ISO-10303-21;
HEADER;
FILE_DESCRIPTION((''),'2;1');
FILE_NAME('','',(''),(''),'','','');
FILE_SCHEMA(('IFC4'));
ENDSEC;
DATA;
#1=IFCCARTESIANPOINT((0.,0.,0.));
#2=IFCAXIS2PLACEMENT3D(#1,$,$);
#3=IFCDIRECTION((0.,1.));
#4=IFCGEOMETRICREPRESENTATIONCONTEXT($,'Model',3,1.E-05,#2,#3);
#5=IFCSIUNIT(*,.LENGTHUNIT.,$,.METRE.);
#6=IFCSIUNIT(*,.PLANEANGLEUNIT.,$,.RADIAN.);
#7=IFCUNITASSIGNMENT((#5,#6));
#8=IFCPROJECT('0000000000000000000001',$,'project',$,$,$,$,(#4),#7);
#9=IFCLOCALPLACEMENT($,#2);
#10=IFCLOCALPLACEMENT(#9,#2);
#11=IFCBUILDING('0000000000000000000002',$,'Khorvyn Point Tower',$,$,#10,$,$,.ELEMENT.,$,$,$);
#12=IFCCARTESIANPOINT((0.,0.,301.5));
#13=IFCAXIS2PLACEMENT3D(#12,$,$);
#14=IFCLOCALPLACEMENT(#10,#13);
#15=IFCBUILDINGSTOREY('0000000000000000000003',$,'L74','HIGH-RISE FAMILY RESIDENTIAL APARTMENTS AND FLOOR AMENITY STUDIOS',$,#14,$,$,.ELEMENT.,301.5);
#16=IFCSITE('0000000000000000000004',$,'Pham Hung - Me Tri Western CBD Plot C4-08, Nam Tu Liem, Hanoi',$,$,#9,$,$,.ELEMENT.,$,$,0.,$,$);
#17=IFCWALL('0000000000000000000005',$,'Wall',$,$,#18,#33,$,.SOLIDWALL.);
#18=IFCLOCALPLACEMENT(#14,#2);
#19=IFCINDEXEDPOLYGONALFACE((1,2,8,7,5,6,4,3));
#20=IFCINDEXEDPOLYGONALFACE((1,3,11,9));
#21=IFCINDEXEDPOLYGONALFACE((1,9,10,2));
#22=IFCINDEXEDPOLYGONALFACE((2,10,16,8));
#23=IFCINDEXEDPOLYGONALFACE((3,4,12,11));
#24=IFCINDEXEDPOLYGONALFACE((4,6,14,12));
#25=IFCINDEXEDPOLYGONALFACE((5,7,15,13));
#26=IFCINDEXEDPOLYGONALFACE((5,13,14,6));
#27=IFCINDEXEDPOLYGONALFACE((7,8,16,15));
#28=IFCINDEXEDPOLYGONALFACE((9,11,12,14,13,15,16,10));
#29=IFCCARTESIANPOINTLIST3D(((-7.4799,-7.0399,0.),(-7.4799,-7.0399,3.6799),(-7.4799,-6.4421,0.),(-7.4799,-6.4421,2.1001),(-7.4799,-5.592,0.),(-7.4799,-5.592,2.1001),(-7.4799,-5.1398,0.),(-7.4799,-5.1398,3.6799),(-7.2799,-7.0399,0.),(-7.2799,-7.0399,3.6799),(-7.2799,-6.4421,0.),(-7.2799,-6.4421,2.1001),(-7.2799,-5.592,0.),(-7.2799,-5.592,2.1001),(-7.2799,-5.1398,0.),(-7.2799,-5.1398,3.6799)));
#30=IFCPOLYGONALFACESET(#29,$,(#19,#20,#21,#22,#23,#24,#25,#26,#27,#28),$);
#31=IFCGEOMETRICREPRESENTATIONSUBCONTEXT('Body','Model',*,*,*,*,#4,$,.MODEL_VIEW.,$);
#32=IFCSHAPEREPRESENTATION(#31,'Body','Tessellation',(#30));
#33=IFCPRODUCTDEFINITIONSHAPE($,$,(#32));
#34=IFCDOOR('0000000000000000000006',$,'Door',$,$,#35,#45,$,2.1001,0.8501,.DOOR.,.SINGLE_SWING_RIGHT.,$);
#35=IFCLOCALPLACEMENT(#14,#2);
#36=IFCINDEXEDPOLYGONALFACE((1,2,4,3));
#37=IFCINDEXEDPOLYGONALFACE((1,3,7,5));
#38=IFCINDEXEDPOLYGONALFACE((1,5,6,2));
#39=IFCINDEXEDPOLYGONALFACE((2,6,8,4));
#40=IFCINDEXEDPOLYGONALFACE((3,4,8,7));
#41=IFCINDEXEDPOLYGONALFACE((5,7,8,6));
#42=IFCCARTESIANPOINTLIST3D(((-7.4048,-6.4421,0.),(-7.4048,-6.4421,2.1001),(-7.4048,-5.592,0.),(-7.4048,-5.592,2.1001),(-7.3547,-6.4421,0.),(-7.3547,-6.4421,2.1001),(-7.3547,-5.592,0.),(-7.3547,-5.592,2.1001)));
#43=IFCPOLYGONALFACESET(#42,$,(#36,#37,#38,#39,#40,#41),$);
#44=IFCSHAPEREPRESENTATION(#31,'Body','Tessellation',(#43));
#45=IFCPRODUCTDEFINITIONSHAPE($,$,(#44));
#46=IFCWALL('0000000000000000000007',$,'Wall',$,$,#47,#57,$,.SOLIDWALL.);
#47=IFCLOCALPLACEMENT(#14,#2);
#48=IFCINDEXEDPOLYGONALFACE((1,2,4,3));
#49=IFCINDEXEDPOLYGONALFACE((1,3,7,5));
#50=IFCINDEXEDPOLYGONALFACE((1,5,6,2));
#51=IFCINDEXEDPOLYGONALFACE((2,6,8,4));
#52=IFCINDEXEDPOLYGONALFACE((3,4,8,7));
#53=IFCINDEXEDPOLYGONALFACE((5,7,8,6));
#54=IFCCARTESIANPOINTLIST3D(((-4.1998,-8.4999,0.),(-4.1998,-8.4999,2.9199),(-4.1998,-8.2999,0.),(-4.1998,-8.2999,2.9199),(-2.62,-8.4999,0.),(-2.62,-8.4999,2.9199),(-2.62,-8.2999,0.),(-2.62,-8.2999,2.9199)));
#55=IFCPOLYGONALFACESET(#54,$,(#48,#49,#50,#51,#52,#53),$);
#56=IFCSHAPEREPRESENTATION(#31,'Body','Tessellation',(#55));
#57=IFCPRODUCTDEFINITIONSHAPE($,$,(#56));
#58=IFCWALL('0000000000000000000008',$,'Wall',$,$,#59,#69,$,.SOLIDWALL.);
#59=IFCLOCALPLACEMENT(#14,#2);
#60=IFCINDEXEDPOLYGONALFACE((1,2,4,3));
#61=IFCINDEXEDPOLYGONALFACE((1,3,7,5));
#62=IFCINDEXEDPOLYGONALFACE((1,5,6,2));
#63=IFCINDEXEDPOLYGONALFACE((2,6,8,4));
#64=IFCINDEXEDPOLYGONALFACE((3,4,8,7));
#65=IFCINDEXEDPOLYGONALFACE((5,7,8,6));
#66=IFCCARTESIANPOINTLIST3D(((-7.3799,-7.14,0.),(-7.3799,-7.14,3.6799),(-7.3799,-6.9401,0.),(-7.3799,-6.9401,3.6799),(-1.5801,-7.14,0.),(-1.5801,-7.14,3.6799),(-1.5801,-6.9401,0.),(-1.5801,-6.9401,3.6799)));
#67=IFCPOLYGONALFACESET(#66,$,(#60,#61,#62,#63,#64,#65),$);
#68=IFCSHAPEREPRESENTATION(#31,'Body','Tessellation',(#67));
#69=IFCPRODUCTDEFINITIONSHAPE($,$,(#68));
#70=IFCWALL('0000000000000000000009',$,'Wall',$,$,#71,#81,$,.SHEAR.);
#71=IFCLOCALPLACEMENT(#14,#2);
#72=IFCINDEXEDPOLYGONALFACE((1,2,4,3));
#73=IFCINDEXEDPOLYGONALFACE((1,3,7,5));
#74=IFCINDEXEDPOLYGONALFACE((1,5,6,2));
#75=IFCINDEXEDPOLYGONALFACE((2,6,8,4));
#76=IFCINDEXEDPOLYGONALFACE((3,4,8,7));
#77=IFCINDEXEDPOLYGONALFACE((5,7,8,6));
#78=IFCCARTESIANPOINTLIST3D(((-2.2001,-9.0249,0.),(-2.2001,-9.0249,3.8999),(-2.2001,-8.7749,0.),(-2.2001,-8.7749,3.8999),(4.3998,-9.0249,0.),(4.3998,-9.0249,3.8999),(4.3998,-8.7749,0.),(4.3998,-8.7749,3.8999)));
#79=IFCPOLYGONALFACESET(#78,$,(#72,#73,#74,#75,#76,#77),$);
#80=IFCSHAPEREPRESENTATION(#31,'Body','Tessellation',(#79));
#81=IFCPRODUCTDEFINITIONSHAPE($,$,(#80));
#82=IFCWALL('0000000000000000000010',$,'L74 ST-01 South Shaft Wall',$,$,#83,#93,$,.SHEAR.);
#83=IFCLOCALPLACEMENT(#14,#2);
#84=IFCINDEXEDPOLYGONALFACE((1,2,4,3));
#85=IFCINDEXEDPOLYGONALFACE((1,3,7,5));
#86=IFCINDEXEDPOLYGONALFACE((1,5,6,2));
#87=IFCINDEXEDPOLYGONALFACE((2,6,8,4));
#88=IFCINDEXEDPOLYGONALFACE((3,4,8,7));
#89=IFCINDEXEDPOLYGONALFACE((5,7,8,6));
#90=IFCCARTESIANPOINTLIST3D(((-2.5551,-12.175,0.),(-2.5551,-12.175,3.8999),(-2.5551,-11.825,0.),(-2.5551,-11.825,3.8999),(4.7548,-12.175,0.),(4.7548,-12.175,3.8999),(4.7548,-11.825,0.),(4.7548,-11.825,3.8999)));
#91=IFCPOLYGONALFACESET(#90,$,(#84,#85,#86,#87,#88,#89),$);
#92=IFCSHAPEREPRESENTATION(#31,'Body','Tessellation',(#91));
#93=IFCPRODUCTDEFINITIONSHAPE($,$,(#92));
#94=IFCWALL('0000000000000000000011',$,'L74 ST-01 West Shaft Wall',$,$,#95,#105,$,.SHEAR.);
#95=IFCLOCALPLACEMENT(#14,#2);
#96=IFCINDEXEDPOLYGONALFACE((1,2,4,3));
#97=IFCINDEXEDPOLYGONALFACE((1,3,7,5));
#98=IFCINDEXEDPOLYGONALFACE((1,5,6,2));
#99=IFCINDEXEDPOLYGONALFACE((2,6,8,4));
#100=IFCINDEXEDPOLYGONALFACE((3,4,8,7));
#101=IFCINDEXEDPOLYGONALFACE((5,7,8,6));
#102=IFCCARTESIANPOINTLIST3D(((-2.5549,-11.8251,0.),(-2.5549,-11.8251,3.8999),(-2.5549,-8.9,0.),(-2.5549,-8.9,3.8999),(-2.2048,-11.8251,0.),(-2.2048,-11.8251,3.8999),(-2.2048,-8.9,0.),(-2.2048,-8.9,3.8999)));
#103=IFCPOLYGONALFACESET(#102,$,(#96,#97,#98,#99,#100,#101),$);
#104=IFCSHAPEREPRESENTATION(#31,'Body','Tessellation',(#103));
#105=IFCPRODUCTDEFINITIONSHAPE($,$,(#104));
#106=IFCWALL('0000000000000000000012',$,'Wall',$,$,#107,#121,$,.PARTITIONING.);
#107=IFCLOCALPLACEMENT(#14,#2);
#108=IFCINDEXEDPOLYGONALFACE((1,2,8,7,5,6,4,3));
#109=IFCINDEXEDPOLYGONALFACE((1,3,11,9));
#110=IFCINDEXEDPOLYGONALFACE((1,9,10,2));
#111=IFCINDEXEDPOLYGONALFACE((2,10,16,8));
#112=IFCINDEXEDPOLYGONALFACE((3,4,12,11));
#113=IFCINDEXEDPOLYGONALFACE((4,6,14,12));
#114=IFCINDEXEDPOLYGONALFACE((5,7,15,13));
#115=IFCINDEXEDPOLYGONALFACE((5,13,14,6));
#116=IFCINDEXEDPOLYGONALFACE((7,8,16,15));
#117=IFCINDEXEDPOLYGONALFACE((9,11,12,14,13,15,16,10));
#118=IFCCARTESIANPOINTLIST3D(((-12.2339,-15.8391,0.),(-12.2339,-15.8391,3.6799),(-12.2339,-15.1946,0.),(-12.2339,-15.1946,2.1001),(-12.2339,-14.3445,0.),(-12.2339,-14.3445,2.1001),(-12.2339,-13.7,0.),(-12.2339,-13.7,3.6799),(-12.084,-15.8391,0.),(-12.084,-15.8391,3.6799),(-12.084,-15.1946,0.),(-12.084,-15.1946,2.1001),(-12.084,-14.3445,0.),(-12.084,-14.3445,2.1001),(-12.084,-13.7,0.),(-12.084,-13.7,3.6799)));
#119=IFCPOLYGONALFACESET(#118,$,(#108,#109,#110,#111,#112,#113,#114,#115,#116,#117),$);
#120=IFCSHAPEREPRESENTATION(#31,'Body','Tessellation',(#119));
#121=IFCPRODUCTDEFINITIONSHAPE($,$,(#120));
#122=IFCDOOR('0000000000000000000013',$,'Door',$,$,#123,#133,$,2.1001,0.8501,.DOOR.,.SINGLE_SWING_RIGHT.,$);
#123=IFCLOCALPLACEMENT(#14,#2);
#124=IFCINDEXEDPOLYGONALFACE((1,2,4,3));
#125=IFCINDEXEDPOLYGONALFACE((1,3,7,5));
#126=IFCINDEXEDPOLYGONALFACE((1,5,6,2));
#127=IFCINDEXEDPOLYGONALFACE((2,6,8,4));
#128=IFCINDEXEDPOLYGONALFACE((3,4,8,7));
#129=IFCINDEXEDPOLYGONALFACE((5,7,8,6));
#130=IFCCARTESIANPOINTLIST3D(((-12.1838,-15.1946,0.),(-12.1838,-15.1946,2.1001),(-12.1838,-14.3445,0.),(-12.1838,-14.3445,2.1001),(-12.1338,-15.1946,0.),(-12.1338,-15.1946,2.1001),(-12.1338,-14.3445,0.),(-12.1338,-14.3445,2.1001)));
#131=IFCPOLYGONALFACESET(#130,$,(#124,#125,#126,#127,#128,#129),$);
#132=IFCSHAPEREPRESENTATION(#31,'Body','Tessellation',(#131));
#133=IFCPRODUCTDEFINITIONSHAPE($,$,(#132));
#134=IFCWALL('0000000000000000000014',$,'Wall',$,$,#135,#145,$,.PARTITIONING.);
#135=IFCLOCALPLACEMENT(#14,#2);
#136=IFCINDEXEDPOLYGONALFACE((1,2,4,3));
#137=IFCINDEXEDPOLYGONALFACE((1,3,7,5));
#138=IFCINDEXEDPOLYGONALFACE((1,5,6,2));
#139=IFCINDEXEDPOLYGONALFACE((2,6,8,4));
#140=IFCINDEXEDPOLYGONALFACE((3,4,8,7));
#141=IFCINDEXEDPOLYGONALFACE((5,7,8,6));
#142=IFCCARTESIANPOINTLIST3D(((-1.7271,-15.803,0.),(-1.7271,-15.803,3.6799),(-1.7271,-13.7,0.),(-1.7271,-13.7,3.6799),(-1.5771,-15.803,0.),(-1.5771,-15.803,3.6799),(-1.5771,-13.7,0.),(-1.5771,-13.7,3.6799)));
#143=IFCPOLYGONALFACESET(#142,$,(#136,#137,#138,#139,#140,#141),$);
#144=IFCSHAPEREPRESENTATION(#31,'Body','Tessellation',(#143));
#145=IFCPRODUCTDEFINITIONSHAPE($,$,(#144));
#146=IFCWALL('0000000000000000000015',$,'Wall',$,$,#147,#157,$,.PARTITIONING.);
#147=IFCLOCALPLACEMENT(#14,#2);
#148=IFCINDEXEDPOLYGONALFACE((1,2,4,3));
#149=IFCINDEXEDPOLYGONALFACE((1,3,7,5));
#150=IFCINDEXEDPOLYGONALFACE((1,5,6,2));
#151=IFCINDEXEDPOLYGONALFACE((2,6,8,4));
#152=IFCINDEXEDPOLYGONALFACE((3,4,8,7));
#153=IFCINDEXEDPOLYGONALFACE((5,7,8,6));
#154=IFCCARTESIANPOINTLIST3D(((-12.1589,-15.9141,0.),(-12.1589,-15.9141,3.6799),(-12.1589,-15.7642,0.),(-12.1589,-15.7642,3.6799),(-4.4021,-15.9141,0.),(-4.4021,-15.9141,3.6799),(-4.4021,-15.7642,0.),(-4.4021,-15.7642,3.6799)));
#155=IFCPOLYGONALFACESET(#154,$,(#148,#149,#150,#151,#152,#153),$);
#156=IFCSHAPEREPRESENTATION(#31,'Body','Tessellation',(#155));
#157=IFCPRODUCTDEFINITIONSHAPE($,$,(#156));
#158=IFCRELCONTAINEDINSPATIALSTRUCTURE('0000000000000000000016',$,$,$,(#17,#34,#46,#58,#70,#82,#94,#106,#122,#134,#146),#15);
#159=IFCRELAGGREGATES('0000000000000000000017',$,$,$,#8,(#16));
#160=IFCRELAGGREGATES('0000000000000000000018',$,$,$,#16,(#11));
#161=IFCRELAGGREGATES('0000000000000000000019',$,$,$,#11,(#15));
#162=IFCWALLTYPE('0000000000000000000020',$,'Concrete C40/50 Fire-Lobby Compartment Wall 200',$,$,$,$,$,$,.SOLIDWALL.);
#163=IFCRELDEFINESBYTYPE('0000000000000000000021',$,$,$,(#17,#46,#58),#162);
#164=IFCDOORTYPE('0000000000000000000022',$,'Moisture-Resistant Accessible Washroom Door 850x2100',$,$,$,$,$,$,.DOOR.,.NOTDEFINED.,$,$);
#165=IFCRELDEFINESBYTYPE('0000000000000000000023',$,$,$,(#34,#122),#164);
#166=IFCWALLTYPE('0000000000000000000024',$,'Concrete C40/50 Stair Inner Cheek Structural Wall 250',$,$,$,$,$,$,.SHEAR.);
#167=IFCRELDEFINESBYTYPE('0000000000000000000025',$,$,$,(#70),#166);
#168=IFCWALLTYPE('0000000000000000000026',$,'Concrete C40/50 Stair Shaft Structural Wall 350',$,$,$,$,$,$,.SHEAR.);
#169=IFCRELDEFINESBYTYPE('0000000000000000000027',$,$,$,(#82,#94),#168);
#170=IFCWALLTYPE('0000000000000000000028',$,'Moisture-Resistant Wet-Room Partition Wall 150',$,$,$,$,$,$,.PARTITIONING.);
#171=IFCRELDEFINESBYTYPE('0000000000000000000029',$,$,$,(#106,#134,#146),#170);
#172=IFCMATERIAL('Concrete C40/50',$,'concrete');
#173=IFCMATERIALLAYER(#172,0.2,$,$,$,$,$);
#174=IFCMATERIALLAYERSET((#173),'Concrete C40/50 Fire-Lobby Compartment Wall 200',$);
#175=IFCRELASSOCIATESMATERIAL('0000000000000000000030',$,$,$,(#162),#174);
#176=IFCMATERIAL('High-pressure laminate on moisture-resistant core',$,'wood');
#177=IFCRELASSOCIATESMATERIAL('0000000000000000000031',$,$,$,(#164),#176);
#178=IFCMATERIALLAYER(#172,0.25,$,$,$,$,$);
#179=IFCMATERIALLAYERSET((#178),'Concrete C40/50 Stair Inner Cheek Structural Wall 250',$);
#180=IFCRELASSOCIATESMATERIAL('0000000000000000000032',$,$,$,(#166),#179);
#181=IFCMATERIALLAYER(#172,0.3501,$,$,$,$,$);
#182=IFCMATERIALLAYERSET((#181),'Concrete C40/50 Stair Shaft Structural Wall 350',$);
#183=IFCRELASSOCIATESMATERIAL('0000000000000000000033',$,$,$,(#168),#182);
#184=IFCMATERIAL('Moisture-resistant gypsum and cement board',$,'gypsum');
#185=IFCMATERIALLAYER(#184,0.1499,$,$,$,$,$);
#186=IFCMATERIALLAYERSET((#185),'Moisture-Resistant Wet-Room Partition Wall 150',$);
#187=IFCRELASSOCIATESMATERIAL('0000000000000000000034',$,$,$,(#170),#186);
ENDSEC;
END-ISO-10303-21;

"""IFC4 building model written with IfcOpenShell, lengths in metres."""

from ifc_helpers import new_model, si_unit, direction, frame, frame_2d, origin, place, context, subcontext, project, spatial, rectangle, extrude, material, layer, layer_set, type_object, element, fill, save


model = new_model("IFC4")

# Units and contexts
model_context = context("Model", 3, precision=1e-05, world=origin(), true_north=direction((0.0, 1.0)))
body_context = subcontext(model_context, "Body", "Model", "MODEL_VIEW")
ifc_project = project(units=[si_unit("LENGTHUNIT", "METRE"), si_unit("PLANEANGLEUNIT", "RADIAN")], contexts=[model_context])

# Site, building, storey
site_placement = place(None, origin())
site = spatial("IfcSite", under=ifc_project, at=site_placement, Name="Pham Hung - Me Tri Western CBD Plot C4-08, Nam Tu Liem, Hanoi", CompositionType="ELEMENT", RefElevation=0.0)
building_placement = place(site_placement, origin())
building = spatial("IfcBuilding", under=site, at=building_placement, Name="Khorvyn Point Tower", CompositionType="ELEMENT")
storey_placement = place(building_placement, frame((0.0, 0.0, 301.5)))
storey = spatial("IfcBuildingStorey", under=building, at=storey_placement, Name="L74", Description="HIGH-RISE FAMILY RESIDENTIAL APARTMENTS AND FLOOR AMENITY STUDIOS", CompositionType="ELEMENT", Elevation=301.5)

# Shared definitions
ifc_material_1 = material(Name="Concrete C40/50", Category="concrete")

# Wall, opening, door
ifc_layer_1 = layer(ifc_material_1, 0.2)
ifc_layer_set_1 = layer_set([ifc_layer_1], Name="Concrete C40/50 Fire-Lobby Compartment Wall 200")
wall_type_1 = type_object("IfcWallType", Name="Concrete C40/50 Fire-Lobby Compartment Wall 200", PredefinedType="SOLIDWALL", material=ifc_layer_set_1)
wall_1_placement = place(storey_placement, frame((-7.3799, -7.04, 0.0), z_axis=(0.0, 0.0, 1.0), x_axis=(0.0, 1.0, 0.0)))
wall_1 = element("IfcWall", 1, at=wall_1_placement, inside=storey, type_object=wall_type_1, Name="Wall", PredefinedType="SOLIDWALL", context=body_context, shape_type="SweptSolid", body=[
    extrude(rectangle(XDim=1.9001, YDim=0.2, at=frame_2d((0.9502, 0.0))), origin(), (0.0, 0.0, 1.0), 3.6799),
])
opening_1_placement = place(wall_1_placement, frame((0.5979, 0.0, 0.0)))
opening_1 = element("IfcOpeningElement", 2, at=opening_1_placement, cuts=wall_1, PredefinedType="OPENING", context=body_context, shape_type="SweptSolid", body=[
    extrude(rectangle(XDim=0.8501, YDim=2.1001, at=frame_2d((0.425, 1.05))), frame((0.0, 0.1099, 0.0), z_axis=(0.0, -1.0, 0.0), x_axis=(1.0, 0.0, 0.0)), (0.0, 0.0, 1.0), 0.22),
])
ifc_material_2 = material(Name="High-pressure laminate on moisture-resistant core", Category="wood")
door_type_1 = type_object("IfcDoorType", Name="Moisture-Resistant Accessible Washroom Door 850x2100", OperationType="NOTDEFINED", PredefinedType="DOOR", material=ifc_material_2)
door_1_placement = place(opening_1_placement, origin())
door_1 = element("IfcDoor", 3, at=door_1_placement, inside=storey, type_object=door_type_1, Name="Door", OperationType="SINGLE_SWING_RIGHT", OverallHeight=2.1001, OverallWidth=0.8501, PredefinedType="DOOR", context=body_context, shape_type="SweptSolid", body=[
    extrude(rectangle(XDim=0.8501, YDim=2.1001, at=frame_2d((0.425, 1.05))), frame((0.0, 0.0249, 0.0), z_axis=(0.0, -1.0, 0.0), x_axis=(1.0, 0.0, 0.0)), (0.0, 0.0, 1.0), 0.05),
])
fill(opening_1, door_1)

# Walls
wall_2_placement = place(storey_placement, frame((-4.2, -8.3999, 0.0), z_axis=(0.0, 0.0, 1.0), x_axis=(1.0, 0.0, 0.0)))
element("IfcWall", 4, at=wall_2_placement, inside=storey, type_object=wall_type_1, Name="Wall", PredefinedType="SOLIDWALL", context=body_context, shape_type="SweptSolid", body=[
    extrude(rectangle(XDim=1.5798, YDim=0.2, at=frame_2d((0.79, 0.0))), origin(), (0.0, 0.0, 1.0), 2.9199),
])
wall_3_placement = place(storey_placement, frame((-7.3799, -7.04, 0.0), z_axis=(0.0, 0.0, 1.0), x_axis=(1.0, 0.0, 0.0)))
element("IfcWall", 5, at=wall_3_placement, inside=storey, type_object=wall_type_1, Name="Wall", PredefinedType="SOLIDWALL", context=body_context, shape_type="SweptSolid", body=[
    extrude(rectangle(XDim=5.7998, YDim=0.2, at=frame_2d((2.8999, 0.0))), origin(), (0.0, 0.0, 1.0), 3.6799),
])
ifc_layer_2 = layer(ifc_material_1, 0.25)
ifc_layer_set_2 = layer_set([ifc_layer_2], Name="Concrete C40/50 Stair Inner Cheek Structural Wall 250")
wall_type_2 = type_object("IfcWallType", Name="Concrete C40/50 Stair Inner Cheek Structural Wall 250", PredefinedType="SHEAR", material=ifc_layer_set_2)
wall_4_placement = place(storey_placement, frame((-2.2, -8.8999, 0.0), z_axis=(0.0, 0.0, 1.0), x_axis=(1.0, 0.0, 0.0)))
element("IfcWall", 6, at=wall_4_placement, inside=storey, type_object=wall_type_2, Name="Wall", PredefinedType="SHEAR", context=body_context, shape_type="SweptSolid", body=[
    extrude(rectangle(XDim=6.5999, YDim=0.25, at=frame_2d((3.2998, 0.0))), origin(), (0.0, 0.0, 1.0), 3.8999),
])
ifc_layer_3 = layer(ifc_material_1, 0.3501)
ifc_layer_set_3 = layer_set([ifc_layer_3], Name="Concrete C40/50 Stair Shaft Structural Wall 350")
wall_type_3 = type_object("IfcWallType", Name="Concrete C40/50 Stair Shaft Structural Wall 350", PredefinedType="SHEAR", material=ifc_layer_set_3)
wall_5_placement = place(storey_placement, frame((-2.5549, -12.0, 0.0), z_axis=(0.0, 0.0, 1.0), x_axis=(1.0, 0.0, 0.0)))
element("IfcWall", 7, at=wall_5_placement, inside=storey, type_object=wall_type_3, Name="L74 ST-01 South Shaft Wall", PredefinedType="SHEAR", context=body_context, shape_type="SweptSolid", body=[
    extrude(rectangle(XDim=7.3098, YDim=0.3501, at=frame_2d((3.6548, 0.0))), origin(), (0.0, 0.0, 1.0), 3.8999),
])
wall_6_placement = place(storey_placement, frame((-2.3799, -11.825, 0.0), z_axis=(0.0, 0.0, 1.0), x_axis=(0.0, 1.0, 0.0)))
element("IfcWall", 8, at=wall_6_placement, inside=storey, type_object=wall_type_3, Name="L74 ST-01 West Shaft Wall", PredefinedType="SHEAR", context=body_context, shape_type="SweptSolid", body=[
    extrude(rectangle(XDim=2.925, YDim=0.3501, at=frame_2d((1.4624, 0.0))), origin(), (0.0, 0.0, 1.0), 3.8999),
])

# Wall, opening, door
ifc_material_3 = material(Name="Moisture-resistant gypsum and cement board", Category="gypsum")
ifc_layer_4 = layer(ifc_material_3, 0.1499)
ifc_layer_set_4 = layer_set([ifc_layer_4], Name="Moisture-Resistant Wet-Room Partition Wall 150")
wall_type_4 = type_object("IfcWallType", Name="Moisture-Resistant Wet-Room Partition Wall 150", PredefinedType="PARTITIONING", material=ifc_layer_set_4)
wall_7_placement = place(storey_placement, frame((-12.1589, -15.8391, 0.0), z_axis=(0.0, 0.0, 1.0), x_axis=(0.0, 1.0, 0.0)))
wall_7 = element("IfcWall", 9, at=wall_7_placement, inside=storey, type_object=wall_type_4, Name="Wall", PredefinedType="PARTITIONING", context=body_context, shape_type="SweptSolid", body=[
    extrude(rectangle(XDim=2.1392, YDim=0.1499, at=frame_2d((1.0696, 0.0))), origin(), (0.0, 0.0, 1.0), 3.6799),
])
opening_2_placement = place(wall_7_placement, frame((0.6445, 0.0, 0.0)))
opening_2 = element("IfcOpeningElement", 10, at=opening_2_placement, cuts=wall_7, PredefinedType="OPENING", context=body_context, shape_type="SweptSolid", body=[
    extrude(rectangle(XDim=0.8501, YDim=2.1001, at=frame_2d((0.425, 1.05))), frame((0.0, 0.085, 0.0), z_axis=(0.0, -1.0, 0.0), x_axis=(1.0, 0.0, 0.0)), (0.0, 0.0, 1.0), 0.1699),
])
door_2_placement = place(opening_2_placement, origin())
door_2 = element("IfcDoor", 11, at=door_2_placement, inside=storey, type_object=door_type_1, Name="Door", OperationType="SINGLE_SWING_RIGHT", OverallHeight=2.1001, OverallWidth=0.8501, PredefinedType="DOOR", context=body_context, shape_type="SweptSolid", body=[
    extrude(rectangle(XDim=0.8501, YDim=2.1001, at=frame_2d((0.425, 1.05))), frame((0.0, 0.0249, 0.0), z_axis=(0.0, -1.0, 0.0), x_axis=(1.0, 0.0, 0.0)), (0.0, 0.0, 1.0), 0.05),
])
fill(opening_2, door_2)

# Walls
wall_8_placement = place(storey_placement, frame((-1.6521, -15.803, 0.0), z_axis=(0.0, 0.0, 1.0), x_axis=(0.0, 1.0, 0.0)))
element("IfcWall", 12, at=wall_8_placement, inside=storey, type_object=wall_type_4, Name="Wall", PredefinedType="PARTITIONING", context=body_context, shape_type="SweptSolid", body=[
    extrude(rectangle(XDim=2.103, YDim=0.1499, at=frame_2d((1.0515, 0.0))), origin(), (0.0, 0.0, 1.0), 3.6799),
])
wall_9_placement = place(storey_placement, frame((-12.1589, -15.8391, 0.0), z_axis=(0.0, 0.0, 1.0), x_axis=(1.0, 0.0, 0.0)))
element("IfcWall", 13, at=wall_9_placement, inside=storey, type_object=wall_type_4, Name="Wall", PredefinedType="PARTITIONING", context=body_context, shape_type="SweptSolid", body=[
    extrude(rectangle(XDim=7.7568, YDim=0.1499, at=frame_2d((3.8784, 0.0))), origin(), (0.0, 0.0, 1.0), 3.6799),
])

save(model, "model.ifc")
